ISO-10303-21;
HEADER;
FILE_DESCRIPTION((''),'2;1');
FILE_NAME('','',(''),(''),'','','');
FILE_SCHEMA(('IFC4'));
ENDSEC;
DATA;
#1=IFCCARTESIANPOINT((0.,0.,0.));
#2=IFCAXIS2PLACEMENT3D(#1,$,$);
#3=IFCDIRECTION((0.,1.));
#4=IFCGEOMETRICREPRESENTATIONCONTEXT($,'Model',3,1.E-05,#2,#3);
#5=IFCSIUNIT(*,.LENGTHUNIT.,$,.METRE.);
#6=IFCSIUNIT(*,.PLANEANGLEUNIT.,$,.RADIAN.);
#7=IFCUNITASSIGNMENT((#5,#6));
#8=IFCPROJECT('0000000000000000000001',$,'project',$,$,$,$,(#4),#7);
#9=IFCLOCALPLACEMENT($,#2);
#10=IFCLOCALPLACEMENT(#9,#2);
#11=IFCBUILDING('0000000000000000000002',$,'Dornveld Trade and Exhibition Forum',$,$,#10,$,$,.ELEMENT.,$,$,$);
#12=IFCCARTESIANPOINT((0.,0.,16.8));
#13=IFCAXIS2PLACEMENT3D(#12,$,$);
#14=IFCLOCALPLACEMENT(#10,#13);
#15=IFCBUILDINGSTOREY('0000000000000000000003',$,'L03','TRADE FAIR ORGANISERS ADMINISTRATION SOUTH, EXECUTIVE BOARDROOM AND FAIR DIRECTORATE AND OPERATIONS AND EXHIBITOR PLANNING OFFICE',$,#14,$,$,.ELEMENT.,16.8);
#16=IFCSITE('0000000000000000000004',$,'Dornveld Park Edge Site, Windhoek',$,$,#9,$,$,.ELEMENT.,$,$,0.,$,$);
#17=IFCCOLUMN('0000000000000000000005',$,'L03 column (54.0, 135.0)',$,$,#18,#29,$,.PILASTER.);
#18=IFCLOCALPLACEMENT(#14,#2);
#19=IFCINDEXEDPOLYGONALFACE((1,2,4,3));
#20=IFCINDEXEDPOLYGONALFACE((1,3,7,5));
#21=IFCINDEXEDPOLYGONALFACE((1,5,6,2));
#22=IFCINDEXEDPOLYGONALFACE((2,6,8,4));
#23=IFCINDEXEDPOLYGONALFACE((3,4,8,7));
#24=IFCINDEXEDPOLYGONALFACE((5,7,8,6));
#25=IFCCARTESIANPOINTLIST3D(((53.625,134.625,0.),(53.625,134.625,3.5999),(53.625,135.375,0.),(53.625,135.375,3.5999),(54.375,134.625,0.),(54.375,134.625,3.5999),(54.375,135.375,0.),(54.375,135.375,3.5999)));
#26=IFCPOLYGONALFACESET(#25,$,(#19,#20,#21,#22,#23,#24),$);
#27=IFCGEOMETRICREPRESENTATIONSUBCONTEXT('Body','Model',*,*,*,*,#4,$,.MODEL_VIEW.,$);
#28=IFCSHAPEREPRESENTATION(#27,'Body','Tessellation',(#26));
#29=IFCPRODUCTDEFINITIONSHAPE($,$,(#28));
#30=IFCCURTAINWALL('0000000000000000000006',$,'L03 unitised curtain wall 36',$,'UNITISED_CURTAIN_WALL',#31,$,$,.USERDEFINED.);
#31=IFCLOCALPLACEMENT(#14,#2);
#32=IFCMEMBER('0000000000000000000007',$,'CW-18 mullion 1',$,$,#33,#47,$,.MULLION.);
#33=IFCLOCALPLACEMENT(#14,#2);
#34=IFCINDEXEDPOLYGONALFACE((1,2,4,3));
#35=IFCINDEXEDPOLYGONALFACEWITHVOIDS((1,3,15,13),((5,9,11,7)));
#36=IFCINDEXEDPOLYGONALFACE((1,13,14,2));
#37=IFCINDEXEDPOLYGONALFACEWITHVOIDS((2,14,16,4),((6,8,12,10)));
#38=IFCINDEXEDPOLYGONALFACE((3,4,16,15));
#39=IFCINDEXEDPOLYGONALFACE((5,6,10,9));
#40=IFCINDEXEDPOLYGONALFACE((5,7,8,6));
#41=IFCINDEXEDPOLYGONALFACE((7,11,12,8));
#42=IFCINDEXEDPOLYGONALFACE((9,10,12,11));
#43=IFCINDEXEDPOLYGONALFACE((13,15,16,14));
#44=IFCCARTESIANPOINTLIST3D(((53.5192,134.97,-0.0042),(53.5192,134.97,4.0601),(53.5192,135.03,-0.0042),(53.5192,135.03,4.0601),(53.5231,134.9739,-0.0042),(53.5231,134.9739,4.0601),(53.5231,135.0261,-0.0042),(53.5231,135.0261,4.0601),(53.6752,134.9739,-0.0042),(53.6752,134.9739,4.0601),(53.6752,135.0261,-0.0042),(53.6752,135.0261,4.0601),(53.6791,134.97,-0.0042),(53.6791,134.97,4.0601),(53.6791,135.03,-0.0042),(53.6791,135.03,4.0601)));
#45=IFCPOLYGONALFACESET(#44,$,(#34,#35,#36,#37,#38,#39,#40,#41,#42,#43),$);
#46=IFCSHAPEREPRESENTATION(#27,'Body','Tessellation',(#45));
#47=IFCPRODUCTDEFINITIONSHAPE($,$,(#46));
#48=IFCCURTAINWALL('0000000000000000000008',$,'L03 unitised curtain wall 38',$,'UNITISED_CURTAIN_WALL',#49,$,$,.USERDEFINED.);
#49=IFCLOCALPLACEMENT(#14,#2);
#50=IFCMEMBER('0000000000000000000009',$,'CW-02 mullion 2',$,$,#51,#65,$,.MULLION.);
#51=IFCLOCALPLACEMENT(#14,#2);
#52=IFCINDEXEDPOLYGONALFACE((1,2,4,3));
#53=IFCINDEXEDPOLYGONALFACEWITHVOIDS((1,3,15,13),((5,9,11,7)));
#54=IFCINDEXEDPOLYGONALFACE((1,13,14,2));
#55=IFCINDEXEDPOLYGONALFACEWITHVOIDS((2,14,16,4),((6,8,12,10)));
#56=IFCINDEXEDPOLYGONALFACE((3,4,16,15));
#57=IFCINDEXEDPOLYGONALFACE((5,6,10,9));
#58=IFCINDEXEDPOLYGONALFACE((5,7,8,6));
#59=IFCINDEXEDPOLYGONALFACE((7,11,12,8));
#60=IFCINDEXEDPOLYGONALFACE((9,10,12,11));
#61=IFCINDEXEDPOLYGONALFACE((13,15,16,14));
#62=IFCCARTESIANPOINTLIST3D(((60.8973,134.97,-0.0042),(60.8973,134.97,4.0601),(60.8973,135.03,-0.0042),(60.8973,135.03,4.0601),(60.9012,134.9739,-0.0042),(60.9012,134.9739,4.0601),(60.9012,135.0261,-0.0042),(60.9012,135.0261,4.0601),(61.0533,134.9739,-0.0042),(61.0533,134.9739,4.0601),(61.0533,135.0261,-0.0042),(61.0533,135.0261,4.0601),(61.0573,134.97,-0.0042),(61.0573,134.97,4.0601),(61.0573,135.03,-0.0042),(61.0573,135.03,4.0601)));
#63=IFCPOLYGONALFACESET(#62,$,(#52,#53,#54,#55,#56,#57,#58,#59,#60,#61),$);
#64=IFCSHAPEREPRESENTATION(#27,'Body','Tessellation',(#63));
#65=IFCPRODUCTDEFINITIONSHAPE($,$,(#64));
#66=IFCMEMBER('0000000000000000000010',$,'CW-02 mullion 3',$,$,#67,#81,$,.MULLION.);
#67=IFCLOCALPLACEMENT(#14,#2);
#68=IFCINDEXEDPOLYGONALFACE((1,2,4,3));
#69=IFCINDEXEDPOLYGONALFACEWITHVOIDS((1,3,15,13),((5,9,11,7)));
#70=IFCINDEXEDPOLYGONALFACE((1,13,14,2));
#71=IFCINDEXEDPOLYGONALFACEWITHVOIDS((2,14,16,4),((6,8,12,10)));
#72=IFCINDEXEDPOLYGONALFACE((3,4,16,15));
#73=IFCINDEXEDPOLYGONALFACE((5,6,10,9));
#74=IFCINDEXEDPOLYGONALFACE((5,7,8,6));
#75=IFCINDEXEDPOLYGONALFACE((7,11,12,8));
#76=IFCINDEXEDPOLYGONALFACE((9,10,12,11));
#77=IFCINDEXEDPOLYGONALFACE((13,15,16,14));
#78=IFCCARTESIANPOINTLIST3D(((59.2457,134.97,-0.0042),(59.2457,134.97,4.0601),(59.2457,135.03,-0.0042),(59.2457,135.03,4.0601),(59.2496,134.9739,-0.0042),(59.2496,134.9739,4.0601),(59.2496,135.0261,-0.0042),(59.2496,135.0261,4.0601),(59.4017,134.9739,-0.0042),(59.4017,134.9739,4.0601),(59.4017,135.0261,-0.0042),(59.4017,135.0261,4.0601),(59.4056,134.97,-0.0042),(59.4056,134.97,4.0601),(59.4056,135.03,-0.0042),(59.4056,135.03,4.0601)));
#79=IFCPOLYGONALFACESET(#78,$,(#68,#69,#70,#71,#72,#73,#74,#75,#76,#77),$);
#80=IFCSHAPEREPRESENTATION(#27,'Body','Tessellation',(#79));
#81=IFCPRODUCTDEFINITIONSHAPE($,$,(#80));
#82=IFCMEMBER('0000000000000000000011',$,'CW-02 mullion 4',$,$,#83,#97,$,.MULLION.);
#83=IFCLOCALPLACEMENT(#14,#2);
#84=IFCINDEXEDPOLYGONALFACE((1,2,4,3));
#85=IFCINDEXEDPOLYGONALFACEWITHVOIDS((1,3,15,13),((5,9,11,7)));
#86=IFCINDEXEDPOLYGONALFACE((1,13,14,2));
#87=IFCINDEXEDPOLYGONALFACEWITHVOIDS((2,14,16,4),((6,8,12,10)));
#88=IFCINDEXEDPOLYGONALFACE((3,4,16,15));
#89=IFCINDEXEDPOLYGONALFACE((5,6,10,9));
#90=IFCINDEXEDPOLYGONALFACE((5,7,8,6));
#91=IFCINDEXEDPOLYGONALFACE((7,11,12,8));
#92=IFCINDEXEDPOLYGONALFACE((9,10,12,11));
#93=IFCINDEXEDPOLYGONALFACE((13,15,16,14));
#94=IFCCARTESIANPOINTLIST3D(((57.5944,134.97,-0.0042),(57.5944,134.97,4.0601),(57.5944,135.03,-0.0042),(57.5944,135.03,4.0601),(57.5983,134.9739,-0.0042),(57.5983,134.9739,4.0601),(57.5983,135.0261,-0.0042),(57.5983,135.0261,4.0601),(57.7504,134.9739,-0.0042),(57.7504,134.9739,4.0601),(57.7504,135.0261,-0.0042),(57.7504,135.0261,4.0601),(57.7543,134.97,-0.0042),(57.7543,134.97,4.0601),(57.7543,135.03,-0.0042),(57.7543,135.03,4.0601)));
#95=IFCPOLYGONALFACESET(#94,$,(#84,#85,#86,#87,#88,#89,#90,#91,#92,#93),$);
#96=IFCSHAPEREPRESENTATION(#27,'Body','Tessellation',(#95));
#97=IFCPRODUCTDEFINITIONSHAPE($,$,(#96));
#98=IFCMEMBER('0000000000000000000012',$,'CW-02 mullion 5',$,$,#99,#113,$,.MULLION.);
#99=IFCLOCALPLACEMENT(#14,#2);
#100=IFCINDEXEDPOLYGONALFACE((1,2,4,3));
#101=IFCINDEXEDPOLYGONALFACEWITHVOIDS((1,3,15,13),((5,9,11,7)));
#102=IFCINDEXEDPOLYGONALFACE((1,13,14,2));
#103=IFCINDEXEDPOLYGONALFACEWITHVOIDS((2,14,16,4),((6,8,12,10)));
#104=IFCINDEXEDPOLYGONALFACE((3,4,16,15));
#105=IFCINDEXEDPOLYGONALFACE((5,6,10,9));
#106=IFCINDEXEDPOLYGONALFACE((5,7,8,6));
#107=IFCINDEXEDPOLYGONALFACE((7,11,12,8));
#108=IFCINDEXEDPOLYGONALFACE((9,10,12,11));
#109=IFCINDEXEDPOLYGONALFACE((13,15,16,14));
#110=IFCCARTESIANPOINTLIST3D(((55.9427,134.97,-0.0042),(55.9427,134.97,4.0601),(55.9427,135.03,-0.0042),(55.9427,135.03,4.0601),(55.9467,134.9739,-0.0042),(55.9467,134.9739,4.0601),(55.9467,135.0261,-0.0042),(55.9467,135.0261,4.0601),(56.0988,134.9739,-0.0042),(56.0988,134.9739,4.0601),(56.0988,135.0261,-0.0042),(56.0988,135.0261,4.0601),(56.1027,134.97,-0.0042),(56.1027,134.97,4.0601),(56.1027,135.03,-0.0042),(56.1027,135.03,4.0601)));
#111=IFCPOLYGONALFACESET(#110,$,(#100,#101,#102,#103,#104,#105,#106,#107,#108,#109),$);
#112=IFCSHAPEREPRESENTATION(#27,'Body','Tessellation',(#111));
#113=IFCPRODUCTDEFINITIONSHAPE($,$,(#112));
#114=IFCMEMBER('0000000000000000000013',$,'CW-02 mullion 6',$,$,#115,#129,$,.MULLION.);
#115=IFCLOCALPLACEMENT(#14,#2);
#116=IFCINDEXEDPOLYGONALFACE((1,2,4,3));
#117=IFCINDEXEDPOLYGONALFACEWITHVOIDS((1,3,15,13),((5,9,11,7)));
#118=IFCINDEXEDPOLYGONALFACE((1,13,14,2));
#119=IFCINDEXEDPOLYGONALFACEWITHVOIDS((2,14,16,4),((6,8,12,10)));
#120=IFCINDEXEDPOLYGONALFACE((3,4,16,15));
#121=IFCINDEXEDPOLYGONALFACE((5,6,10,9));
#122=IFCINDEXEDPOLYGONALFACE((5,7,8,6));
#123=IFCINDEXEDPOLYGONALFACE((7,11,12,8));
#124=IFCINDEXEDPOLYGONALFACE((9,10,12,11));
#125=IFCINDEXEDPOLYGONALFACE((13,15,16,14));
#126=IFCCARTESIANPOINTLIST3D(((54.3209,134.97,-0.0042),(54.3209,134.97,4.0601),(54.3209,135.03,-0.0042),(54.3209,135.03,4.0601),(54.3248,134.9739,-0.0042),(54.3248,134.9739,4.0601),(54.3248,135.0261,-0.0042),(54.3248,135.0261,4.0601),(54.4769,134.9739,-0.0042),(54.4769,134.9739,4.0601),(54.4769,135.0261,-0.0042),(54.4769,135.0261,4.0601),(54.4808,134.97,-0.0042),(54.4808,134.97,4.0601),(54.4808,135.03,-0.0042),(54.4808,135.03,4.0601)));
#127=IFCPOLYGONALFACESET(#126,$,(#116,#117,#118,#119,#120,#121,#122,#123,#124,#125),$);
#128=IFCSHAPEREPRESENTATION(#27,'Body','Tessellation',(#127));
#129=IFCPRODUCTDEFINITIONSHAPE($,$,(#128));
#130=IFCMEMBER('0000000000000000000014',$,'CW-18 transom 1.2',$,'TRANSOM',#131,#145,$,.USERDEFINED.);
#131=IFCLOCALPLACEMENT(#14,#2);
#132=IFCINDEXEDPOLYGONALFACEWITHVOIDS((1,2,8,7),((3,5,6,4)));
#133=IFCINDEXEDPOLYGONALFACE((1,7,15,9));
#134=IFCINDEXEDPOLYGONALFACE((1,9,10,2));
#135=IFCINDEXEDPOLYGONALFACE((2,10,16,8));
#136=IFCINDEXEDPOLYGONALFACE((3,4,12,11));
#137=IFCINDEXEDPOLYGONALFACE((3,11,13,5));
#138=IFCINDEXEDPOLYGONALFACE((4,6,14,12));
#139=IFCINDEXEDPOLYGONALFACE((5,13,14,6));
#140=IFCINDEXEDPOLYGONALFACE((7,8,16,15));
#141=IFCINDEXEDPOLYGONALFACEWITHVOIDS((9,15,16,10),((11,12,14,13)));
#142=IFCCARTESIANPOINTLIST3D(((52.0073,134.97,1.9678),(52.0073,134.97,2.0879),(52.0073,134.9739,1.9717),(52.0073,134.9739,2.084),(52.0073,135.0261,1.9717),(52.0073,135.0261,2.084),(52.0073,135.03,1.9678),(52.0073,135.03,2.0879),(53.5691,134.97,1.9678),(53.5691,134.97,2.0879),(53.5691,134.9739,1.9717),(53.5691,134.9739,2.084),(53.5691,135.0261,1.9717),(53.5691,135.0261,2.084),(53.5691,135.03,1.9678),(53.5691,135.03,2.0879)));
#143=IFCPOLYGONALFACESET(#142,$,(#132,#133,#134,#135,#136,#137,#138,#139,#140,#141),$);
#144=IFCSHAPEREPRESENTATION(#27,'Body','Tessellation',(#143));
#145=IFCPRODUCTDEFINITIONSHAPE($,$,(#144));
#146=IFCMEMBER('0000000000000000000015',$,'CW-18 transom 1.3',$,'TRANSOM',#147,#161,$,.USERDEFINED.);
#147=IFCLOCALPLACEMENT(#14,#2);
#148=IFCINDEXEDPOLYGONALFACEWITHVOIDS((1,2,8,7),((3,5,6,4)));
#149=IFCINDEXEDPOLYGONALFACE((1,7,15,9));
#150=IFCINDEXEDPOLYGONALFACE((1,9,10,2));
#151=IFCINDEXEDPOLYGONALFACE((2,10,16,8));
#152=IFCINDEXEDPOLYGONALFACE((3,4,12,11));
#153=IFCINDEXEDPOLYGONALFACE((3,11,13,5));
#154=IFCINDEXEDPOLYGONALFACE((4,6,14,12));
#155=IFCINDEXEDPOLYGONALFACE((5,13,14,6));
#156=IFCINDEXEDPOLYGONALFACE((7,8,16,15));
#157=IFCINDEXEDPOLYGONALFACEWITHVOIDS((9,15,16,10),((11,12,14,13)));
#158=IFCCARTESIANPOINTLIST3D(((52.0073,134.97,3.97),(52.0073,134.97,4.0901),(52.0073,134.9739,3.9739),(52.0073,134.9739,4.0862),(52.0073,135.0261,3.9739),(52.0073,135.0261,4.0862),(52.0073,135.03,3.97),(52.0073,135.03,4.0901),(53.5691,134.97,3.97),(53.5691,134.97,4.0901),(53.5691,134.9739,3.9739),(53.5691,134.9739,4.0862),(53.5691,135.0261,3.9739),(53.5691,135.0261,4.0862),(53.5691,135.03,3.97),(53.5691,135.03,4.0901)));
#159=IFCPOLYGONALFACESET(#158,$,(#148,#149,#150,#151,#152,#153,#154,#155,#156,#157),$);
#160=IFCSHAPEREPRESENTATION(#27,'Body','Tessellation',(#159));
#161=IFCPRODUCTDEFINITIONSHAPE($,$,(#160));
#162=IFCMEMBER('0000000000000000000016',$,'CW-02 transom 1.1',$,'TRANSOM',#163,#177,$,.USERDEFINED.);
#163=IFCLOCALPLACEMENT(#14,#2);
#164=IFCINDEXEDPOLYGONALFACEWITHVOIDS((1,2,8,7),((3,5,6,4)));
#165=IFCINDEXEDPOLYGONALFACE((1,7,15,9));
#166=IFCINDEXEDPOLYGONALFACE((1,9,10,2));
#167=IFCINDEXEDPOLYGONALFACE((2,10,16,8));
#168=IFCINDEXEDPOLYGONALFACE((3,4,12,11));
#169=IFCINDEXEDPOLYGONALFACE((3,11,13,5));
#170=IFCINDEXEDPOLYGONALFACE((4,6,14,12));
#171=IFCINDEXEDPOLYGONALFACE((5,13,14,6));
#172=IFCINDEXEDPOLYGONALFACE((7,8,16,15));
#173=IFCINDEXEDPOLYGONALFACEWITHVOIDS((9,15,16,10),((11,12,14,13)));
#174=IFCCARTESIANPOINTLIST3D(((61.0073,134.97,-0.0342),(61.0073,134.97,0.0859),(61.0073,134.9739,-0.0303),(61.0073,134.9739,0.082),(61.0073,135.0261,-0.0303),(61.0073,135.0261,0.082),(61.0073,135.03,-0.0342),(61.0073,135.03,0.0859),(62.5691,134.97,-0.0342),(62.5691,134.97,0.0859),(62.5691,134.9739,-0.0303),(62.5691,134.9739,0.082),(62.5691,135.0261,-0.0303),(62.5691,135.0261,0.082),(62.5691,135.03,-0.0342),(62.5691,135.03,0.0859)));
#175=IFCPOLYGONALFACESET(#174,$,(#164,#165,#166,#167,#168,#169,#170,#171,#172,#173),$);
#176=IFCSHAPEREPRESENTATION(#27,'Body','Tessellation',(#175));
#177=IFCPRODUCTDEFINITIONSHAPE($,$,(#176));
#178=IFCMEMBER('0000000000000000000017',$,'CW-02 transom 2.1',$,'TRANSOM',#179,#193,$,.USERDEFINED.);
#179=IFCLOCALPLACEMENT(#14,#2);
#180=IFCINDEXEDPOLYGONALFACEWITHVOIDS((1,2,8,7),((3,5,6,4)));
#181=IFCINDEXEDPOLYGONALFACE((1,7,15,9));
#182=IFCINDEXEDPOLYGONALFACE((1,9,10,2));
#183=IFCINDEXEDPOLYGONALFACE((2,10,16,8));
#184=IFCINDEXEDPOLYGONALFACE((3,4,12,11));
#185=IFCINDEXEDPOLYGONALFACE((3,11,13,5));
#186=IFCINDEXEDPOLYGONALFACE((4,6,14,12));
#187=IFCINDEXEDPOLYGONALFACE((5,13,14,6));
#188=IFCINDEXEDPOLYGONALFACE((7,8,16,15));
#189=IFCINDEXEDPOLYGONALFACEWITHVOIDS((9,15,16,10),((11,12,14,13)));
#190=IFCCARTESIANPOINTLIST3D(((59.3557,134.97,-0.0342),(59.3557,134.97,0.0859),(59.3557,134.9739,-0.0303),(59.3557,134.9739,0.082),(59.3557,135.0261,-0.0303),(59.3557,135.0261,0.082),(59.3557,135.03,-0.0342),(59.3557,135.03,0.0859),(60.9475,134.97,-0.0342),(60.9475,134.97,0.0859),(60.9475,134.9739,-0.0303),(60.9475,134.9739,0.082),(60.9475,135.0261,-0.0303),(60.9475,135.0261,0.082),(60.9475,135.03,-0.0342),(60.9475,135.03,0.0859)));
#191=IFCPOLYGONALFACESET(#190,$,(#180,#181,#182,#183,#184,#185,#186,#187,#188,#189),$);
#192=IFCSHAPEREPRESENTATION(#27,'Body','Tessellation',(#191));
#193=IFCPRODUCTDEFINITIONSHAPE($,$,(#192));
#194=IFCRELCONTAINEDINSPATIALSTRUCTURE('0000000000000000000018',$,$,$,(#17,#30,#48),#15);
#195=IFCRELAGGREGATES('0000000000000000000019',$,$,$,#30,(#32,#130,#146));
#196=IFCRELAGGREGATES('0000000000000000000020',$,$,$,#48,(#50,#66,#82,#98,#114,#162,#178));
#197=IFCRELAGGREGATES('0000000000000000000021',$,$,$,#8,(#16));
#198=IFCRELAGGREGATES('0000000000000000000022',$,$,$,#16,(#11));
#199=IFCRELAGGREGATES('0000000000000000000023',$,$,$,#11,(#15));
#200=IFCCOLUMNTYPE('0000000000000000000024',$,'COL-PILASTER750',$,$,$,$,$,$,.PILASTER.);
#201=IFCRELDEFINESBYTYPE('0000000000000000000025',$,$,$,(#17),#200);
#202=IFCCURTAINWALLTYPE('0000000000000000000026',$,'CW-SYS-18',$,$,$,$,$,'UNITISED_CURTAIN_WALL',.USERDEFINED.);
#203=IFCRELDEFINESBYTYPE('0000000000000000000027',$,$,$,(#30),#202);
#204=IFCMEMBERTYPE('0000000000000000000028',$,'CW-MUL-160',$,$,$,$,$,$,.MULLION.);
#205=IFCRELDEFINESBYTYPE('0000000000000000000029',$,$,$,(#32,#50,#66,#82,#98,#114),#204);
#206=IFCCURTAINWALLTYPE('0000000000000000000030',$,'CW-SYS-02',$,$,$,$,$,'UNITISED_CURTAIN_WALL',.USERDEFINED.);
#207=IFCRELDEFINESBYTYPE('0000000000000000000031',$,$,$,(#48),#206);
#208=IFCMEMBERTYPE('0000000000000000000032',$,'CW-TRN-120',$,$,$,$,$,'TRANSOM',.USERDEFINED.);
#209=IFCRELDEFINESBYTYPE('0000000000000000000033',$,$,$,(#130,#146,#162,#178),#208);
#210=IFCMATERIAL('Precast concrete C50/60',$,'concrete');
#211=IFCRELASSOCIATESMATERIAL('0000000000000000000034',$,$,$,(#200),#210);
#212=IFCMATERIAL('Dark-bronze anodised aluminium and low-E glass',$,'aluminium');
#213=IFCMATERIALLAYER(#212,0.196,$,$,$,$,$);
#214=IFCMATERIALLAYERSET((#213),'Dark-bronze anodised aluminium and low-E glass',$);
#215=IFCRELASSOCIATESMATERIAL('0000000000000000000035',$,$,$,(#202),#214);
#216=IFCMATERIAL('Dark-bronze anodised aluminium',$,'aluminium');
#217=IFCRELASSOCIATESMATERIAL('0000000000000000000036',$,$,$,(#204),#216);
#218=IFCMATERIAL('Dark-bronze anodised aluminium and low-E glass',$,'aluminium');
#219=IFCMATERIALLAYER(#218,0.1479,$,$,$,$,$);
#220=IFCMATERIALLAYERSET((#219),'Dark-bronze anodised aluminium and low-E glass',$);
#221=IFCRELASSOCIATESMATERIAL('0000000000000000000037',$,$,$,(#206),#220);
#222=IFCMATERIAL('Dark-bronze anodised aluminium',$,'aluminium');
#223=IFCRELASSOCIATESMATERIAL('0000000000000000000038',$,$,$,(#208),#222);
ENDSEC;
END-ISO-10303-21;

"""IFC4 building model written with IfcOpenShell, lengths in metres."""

from ifc_helpers import new_model, si_unit, direction, frame, origin, origin_2d, place, context, subcontext, project, spatial, rectangle, hollow_rectangle, extrude, material, layer, layer_set, material_profile, profile_set, type_object, element, aggregate, save


model = new_model("IFC4")

# Units and contexts
model_context = context("Model", 3, precision=1e-05, world=origin(), true_north=direction((0.0, 1.0)))
body_context = subcontext(model_context, "Body", "Model", "MODEL_VIEW")
ifc_project = project(units=[si_unit("LENGTHUNIT", "METRE"), si_unit("PLANEANGLEUNIT", "RADIAN")], contexts=[model_context])

# Site, building, storey
site_placement = place(None, origin())
site = spatial("IfcSite", under=ifc_project, at=site_placement, Name="Dornveld Park Edge Site, Windhoek", CompositionType="ELEMENT", RefElevation=0.0)
building_placement = place(site_placement, origin())
building = spatial("IfcBuilding", under=site, at=building_placement, Name="Dornveld Trade and Exhibition Forum", CompositionType="ELEMENT")
storey_placement = place(building_placement, frame((0.0, 0.0, 16.8)))
storey = spatial("IfcBuildingStorey", under=building, at=storey_placement, Name="L03", Description="TRADE FAIR ORGANISERS ADMINISTRATION SOUTH, EXECUTIVE BOARDROOM AND FAIR DIRECTORATE AND OPERATIONS AND EXHIBITOR PLANNING OFFICE", CompositionType="ELEMENT", Elevation=16.8)

# Column
ifc_material_1 = material(Name="Precast concrete C50/60", Category="concrete")
ifc_material_profile_1 = material_profile(ifc_material_1, rectangle(XDim=0.75, YDim=0.75, at=origin_2d()), Name="PC-COL 750x750")
ifc_profile_set_1 = profile_set([ifc_material_profile_1], Name="Precast concrete C50/60")
column_type = type_object("IfcColumnType", Name="COL-PILASTER750", PredefinedType="PILASTER", material=ifc_profile_set_1)
column_placement = place(storey_placement, frame((54.0, 135.0, 0.0), z_axis=(0.0, 0.0, 1.0), x_axis=(1.0, 0.0, 0.0)))
element("IfcColumn", 1, at=column_placement, inside=storey, type_object=column_type, Name="L03 column (54.0, 135.0)", PredefinedType="PILASTER", context=body_context, shape_type="SweptSolid", body=[
    extrude(rectangle(XDim=0.75, YDim=0.75, at=origin_2d()), origin(), (0.0, 0.0, 1.0), 3.5999),
])

# Curtain wall, member
ifc_material_2 = material(Name="Dark-bronze anodised aluminium and low-E glass", Category="aluminium")
ifc_layer_1 = layer(ifc_material_2, 0.196)
ifc_layer_set_1 = layer_set([ifc_layer_1], Name="Dark-bronze anodised aluminium and low-E glass")
curtain_wall_type_1 = type_object("IfcCurtainWallType", Name="CW-SYS-18", ElementType="UNITISED_CURTAIN_WALL", PredefinedType="USERDEFINED", material=ifc_layer_set_1)
curtain_wall_1_placement = place(storey_placement, origin())
curtain_wall_1 = element("IfcCurtainWall", 2, at=curtain_wall_1_placement, inside=storey, type_object=curtain_wall_type_1, Name="L03 unitised curtain wall 36", ObjectType="UNITISED_CURTAIN_WALL", PredefinedType="USERDEFINED")
ifc_material_3 = material(Name="Dark-bronze anodised aluminium", Category="aluminium")
ifc_material_profile_2 = material_profile(ifc_material_3, hollow_rectangle(XDim=0.0601, YDim=0.1599, WallThickness=0.0039, at=origin_2d()), Name="RHS 160x60x4")
ifc_profile_set_2 = profile_set([ifc_material_profile_2], Name="Dark-bronze anodised aluminium")
member_type_1 = type_object("IfcMemberType", Name="CW-MUL-160", PredefinedType="MULLION", material=ifc_profile_set_2)
member_1_placement = place(storey_placement, frame((53.5991, 135.0, -0.0042), z_axis=(0.0, 0.0, 1.0), x_axis=(0.0, -1.0, 0.0)))
member_1 = element("IfcMember", 3, at=member_1_placement, type_object=member_type_1, Name="CW-18 mullion 1", PredefinedType="MULLION", context=body_context, shape_type="SweptSolid", body=[
    extrude(hollow_rectangle(XDim=0.0601, YDim=0.1599, WallThickness=0.0039, at=origin_2d()), origin(), (0.0, 0.0, 1.0), 4.0642),
])

# Curtain wall, members
ifc_material_4 = material(Name="Dark-bronze anodised aluminium and low-E glass", Category="aluminium")
ifc_layer_2 = layer(ifc_material_4, 0.1479)
ifc_layer_set_2 = layer_set([ifc_layer_2], Name="Dark-bronze anodised aluminium and low-E glass")
curtain_wall_type_2 = type_object("IfcCurtainWallType", Name="CW-SYS-02", ElementType="UNITISED_CURTAIN_WALL", PredefinedType="USERDEFINED", material=ifc_layer_set_2)
curtain_wall_2_placement = place(storey_placement, origin())
curtain_wall_2 = element("IfcCurtainWall", 4, at=curtain_wall_2_placement, inside=storey, type_object=curtain_wall_type_2, Name="L03 unitised curtain wall 38", ObjectType="UNITISED_CURTAIN_WALL", PredefinedType="USERDEFINED")
member_2_placement = place(storey_placement, frame((60.9773, 135.0, -0.0042), z_axis=(0.0, 0.0, 1.0), x_axis=(0.0, -1.0, 0.0)))
member_2 = element("IfcMember", 5, at=member_2_placement, type_object=member_type_1, Name="CW-02 mullion 2", PredefinedType="MULLION", context=body_context, shape_type="SweptSolid", body=[
    extrude(hollow_rectangle(XDim=0.0601, YDim=0.1599, WallThickness=0.0039, at=origin_2d()), origin(), (0.0, 0.0, 1.0), 4.0642),
])
member_3_placement = place(storey_placement, frame((59.3257, 135.0, -0.0042), z_axis=(0.0, 0.0, 1.0), x_axis=(0.0, -1.0, 0.0)))
member_3 = element("IfcMember", 6, at=member_3_placement, type_object=member_type_1, Name="CW-02 mullion 3", PredefinedType="MULLION", context=body_context, shape_type="SweptSolid", body=[
    extrude(hollow_rectangle(XDim=0.0601, YDim=0.1599, WallThickness=0.0039, at=origin_2d()), origin(), (0.0, 0.0, 1.0), 4.0642),
])
member_4_placement = place(storey_placement, frame((57.6743, 135.0, -0.0042), z_axis=(0.0, 0.0, 1.0), x_axis=(0.0, -1.0, 0.0)))
member_4 = element("IfcMember", 7, at=member_4_placement, type_object=member_type_1, Name="CW-02 mullion 4", PredefinedType="MULLION", context=body_context, shape_type="SweptSolid", body=[
    extrude(hollow_rectangle(XDim=0.0601, YDim=0.1599, WallThickness=0.0039, at=origin_2d()), origin(), (0.0, 0.0, 1.0), 4.0642),
])
member_5_placement = place(storey_placement, frame((56.0227, 135.0, -0.0042), z_axis=(0.0, 0.0, 1.0), x_axis=(0.0, -1.0, 0.0)))
member_5 = element("IfcMember", 8, at=member_5_placement, type_object=member_type_1, Name="CW-02 mullion 5", PredefinedType="MULLION", context=body_context, shape_type="SweptSolid", body=[
    extrude(hollow_rectangle(XDim=0.0601, YDim=0.1599, WallThickness=0.0039, at=origin_2d()), origin(), (0.0, 0.0, 1.0), 4.0642),
])
member_6_placement = place(storey_placement, frame((54.4009, 135.0, -0.0042), z_axis=(0.0, 0.0, 1.0), x_axis=(0.0, -1.0, 0.0)))
member_6 = element("IfcMember", 9, at=member_6_placement, type_object=member_type_1, Name="CW-02 mullion 6", PredefinedType="MULLION", context=body_context, shape_type="SweptSolid", body=[
    extrude(hollow_rectangle(XDim=0.0601, YDim=0.1599, WallThickness=0.0039, at=origin_2d()), origin(), (0.0, 0.0, 1.0), 4.0642),
])

# Members
ifc_material_5 = material(Name="Dark-bronze anodised aluminium", Category="aluminium")
ifc_material_profile_3 = material_profile(ifc_material_5, hollow_rectangle(XDim=0.0601, YDim=0.1201, WallThickness=0.0039, at=origin_2d()), Name="RHS 120x60x4")
ifc_profile_set_3 = profile_set([ifc_material_profile_3], Name="Dark-bronze anodised aluminium")
member_type_2 = type_object("IfcMemberType", Name="CW-TRN-120", ElementType="TRANSOM", PredefinedType="USERDEFINED", material=ifc_profile_set_3)
member_7_placement = place(storey_placement, frame((53.5691, 135.0, 2.0278), z_axis=(-1.0, 0.0, 0.0), x_axis=(0.0, -1.0, 0.0)))
member_7 = element("IfcMember", 10, at=member_7_placement, type_object=member_type_2, Name="CW-18 transom 1.2", ObjectType="TRANSOM", PredefinedType="USERDEFINED", context=body_context, shape_type="SweptSolid", body=[
    extrude(hollow_rectangle(XDim=0.0601, YDim=0.1201, WallThickness=0.0039, at=origin_2d()), origin(), (0.0, 0.0, 1.0), 1.5618),
])
member_8_placement = place(storey_placement, frame((53.5691, 135.0, 4.03), z_axis=(-1.0, 0.0, 0.0), x_axis=(0.0, -1.0, 0.0)))
member_8 = element("IfcMember", 11, at=member_8_placement, type_object=member_type_2, Name="CW-18 transom 1.3", ObjectType="TRANSOM", PredefinedType="USERDEFINED", context=body_context, shape_type="SweptSolid", body=[
    extrude(hollow_rectangle(XDim=0.0601, YDim=0.1201, WallThickness=0.0039, at=origin_2d()), origin(), (0.0, 0.0, 1.0), 1.5618),
])
aggregate(curtain_wall_1, [member_1, member_7, member_8])
member_9_placement = place(storey_placement, frame((62.5691, 135.0, 0.0259), z_axis=(-1.0, 0.0, 0.0), x_axis=(0.0, -1.0, 0.0)))
member_9 = element("IfcMember", 12, at=member_9_placement, type_object=member_type_2, Name="CW-02 transom 1.1", ObjectType="TRANSOM", PredefinedType="USERDEFINED", context=body_context, shape_type="SweptSolid", body=[
    extrude(hollow_rectangle(XDim=0.0601, YDim=0.1201, WallThickness=0.0039, at=origin_2d()), origin(), (0.0, 0.0, 1.0), 1.5618),
])
member_10_placement = place(storey_placement, frame((60.9475, 135.0, 0.0259), z_axis=(-1.0, 0.0, 0.0), x_axis=(0.0, -1.0, 0.0)))
member_10 = element("IfcMember", 13, at=member_10_placement, type_object=member_type_2, Name="CW-02 transom 2.1", ObjectType="TRANSOM", PredefinedType="USERDEFINED", context=body_context, shape_type="SweptSolid", body=[
    extrude(hollow_rectangle(XDim=0.0601, YDim=0.1201, WallThickness=0.0039, at=origin_2d()), origin(), (0.0, 0.0, 1.0), 1.5918),
])

aggregate(curtain_wall_2, [member_2, member_3, member_4, member_5, member_6, member_9, member_10])

save(model, "model.ifc")
